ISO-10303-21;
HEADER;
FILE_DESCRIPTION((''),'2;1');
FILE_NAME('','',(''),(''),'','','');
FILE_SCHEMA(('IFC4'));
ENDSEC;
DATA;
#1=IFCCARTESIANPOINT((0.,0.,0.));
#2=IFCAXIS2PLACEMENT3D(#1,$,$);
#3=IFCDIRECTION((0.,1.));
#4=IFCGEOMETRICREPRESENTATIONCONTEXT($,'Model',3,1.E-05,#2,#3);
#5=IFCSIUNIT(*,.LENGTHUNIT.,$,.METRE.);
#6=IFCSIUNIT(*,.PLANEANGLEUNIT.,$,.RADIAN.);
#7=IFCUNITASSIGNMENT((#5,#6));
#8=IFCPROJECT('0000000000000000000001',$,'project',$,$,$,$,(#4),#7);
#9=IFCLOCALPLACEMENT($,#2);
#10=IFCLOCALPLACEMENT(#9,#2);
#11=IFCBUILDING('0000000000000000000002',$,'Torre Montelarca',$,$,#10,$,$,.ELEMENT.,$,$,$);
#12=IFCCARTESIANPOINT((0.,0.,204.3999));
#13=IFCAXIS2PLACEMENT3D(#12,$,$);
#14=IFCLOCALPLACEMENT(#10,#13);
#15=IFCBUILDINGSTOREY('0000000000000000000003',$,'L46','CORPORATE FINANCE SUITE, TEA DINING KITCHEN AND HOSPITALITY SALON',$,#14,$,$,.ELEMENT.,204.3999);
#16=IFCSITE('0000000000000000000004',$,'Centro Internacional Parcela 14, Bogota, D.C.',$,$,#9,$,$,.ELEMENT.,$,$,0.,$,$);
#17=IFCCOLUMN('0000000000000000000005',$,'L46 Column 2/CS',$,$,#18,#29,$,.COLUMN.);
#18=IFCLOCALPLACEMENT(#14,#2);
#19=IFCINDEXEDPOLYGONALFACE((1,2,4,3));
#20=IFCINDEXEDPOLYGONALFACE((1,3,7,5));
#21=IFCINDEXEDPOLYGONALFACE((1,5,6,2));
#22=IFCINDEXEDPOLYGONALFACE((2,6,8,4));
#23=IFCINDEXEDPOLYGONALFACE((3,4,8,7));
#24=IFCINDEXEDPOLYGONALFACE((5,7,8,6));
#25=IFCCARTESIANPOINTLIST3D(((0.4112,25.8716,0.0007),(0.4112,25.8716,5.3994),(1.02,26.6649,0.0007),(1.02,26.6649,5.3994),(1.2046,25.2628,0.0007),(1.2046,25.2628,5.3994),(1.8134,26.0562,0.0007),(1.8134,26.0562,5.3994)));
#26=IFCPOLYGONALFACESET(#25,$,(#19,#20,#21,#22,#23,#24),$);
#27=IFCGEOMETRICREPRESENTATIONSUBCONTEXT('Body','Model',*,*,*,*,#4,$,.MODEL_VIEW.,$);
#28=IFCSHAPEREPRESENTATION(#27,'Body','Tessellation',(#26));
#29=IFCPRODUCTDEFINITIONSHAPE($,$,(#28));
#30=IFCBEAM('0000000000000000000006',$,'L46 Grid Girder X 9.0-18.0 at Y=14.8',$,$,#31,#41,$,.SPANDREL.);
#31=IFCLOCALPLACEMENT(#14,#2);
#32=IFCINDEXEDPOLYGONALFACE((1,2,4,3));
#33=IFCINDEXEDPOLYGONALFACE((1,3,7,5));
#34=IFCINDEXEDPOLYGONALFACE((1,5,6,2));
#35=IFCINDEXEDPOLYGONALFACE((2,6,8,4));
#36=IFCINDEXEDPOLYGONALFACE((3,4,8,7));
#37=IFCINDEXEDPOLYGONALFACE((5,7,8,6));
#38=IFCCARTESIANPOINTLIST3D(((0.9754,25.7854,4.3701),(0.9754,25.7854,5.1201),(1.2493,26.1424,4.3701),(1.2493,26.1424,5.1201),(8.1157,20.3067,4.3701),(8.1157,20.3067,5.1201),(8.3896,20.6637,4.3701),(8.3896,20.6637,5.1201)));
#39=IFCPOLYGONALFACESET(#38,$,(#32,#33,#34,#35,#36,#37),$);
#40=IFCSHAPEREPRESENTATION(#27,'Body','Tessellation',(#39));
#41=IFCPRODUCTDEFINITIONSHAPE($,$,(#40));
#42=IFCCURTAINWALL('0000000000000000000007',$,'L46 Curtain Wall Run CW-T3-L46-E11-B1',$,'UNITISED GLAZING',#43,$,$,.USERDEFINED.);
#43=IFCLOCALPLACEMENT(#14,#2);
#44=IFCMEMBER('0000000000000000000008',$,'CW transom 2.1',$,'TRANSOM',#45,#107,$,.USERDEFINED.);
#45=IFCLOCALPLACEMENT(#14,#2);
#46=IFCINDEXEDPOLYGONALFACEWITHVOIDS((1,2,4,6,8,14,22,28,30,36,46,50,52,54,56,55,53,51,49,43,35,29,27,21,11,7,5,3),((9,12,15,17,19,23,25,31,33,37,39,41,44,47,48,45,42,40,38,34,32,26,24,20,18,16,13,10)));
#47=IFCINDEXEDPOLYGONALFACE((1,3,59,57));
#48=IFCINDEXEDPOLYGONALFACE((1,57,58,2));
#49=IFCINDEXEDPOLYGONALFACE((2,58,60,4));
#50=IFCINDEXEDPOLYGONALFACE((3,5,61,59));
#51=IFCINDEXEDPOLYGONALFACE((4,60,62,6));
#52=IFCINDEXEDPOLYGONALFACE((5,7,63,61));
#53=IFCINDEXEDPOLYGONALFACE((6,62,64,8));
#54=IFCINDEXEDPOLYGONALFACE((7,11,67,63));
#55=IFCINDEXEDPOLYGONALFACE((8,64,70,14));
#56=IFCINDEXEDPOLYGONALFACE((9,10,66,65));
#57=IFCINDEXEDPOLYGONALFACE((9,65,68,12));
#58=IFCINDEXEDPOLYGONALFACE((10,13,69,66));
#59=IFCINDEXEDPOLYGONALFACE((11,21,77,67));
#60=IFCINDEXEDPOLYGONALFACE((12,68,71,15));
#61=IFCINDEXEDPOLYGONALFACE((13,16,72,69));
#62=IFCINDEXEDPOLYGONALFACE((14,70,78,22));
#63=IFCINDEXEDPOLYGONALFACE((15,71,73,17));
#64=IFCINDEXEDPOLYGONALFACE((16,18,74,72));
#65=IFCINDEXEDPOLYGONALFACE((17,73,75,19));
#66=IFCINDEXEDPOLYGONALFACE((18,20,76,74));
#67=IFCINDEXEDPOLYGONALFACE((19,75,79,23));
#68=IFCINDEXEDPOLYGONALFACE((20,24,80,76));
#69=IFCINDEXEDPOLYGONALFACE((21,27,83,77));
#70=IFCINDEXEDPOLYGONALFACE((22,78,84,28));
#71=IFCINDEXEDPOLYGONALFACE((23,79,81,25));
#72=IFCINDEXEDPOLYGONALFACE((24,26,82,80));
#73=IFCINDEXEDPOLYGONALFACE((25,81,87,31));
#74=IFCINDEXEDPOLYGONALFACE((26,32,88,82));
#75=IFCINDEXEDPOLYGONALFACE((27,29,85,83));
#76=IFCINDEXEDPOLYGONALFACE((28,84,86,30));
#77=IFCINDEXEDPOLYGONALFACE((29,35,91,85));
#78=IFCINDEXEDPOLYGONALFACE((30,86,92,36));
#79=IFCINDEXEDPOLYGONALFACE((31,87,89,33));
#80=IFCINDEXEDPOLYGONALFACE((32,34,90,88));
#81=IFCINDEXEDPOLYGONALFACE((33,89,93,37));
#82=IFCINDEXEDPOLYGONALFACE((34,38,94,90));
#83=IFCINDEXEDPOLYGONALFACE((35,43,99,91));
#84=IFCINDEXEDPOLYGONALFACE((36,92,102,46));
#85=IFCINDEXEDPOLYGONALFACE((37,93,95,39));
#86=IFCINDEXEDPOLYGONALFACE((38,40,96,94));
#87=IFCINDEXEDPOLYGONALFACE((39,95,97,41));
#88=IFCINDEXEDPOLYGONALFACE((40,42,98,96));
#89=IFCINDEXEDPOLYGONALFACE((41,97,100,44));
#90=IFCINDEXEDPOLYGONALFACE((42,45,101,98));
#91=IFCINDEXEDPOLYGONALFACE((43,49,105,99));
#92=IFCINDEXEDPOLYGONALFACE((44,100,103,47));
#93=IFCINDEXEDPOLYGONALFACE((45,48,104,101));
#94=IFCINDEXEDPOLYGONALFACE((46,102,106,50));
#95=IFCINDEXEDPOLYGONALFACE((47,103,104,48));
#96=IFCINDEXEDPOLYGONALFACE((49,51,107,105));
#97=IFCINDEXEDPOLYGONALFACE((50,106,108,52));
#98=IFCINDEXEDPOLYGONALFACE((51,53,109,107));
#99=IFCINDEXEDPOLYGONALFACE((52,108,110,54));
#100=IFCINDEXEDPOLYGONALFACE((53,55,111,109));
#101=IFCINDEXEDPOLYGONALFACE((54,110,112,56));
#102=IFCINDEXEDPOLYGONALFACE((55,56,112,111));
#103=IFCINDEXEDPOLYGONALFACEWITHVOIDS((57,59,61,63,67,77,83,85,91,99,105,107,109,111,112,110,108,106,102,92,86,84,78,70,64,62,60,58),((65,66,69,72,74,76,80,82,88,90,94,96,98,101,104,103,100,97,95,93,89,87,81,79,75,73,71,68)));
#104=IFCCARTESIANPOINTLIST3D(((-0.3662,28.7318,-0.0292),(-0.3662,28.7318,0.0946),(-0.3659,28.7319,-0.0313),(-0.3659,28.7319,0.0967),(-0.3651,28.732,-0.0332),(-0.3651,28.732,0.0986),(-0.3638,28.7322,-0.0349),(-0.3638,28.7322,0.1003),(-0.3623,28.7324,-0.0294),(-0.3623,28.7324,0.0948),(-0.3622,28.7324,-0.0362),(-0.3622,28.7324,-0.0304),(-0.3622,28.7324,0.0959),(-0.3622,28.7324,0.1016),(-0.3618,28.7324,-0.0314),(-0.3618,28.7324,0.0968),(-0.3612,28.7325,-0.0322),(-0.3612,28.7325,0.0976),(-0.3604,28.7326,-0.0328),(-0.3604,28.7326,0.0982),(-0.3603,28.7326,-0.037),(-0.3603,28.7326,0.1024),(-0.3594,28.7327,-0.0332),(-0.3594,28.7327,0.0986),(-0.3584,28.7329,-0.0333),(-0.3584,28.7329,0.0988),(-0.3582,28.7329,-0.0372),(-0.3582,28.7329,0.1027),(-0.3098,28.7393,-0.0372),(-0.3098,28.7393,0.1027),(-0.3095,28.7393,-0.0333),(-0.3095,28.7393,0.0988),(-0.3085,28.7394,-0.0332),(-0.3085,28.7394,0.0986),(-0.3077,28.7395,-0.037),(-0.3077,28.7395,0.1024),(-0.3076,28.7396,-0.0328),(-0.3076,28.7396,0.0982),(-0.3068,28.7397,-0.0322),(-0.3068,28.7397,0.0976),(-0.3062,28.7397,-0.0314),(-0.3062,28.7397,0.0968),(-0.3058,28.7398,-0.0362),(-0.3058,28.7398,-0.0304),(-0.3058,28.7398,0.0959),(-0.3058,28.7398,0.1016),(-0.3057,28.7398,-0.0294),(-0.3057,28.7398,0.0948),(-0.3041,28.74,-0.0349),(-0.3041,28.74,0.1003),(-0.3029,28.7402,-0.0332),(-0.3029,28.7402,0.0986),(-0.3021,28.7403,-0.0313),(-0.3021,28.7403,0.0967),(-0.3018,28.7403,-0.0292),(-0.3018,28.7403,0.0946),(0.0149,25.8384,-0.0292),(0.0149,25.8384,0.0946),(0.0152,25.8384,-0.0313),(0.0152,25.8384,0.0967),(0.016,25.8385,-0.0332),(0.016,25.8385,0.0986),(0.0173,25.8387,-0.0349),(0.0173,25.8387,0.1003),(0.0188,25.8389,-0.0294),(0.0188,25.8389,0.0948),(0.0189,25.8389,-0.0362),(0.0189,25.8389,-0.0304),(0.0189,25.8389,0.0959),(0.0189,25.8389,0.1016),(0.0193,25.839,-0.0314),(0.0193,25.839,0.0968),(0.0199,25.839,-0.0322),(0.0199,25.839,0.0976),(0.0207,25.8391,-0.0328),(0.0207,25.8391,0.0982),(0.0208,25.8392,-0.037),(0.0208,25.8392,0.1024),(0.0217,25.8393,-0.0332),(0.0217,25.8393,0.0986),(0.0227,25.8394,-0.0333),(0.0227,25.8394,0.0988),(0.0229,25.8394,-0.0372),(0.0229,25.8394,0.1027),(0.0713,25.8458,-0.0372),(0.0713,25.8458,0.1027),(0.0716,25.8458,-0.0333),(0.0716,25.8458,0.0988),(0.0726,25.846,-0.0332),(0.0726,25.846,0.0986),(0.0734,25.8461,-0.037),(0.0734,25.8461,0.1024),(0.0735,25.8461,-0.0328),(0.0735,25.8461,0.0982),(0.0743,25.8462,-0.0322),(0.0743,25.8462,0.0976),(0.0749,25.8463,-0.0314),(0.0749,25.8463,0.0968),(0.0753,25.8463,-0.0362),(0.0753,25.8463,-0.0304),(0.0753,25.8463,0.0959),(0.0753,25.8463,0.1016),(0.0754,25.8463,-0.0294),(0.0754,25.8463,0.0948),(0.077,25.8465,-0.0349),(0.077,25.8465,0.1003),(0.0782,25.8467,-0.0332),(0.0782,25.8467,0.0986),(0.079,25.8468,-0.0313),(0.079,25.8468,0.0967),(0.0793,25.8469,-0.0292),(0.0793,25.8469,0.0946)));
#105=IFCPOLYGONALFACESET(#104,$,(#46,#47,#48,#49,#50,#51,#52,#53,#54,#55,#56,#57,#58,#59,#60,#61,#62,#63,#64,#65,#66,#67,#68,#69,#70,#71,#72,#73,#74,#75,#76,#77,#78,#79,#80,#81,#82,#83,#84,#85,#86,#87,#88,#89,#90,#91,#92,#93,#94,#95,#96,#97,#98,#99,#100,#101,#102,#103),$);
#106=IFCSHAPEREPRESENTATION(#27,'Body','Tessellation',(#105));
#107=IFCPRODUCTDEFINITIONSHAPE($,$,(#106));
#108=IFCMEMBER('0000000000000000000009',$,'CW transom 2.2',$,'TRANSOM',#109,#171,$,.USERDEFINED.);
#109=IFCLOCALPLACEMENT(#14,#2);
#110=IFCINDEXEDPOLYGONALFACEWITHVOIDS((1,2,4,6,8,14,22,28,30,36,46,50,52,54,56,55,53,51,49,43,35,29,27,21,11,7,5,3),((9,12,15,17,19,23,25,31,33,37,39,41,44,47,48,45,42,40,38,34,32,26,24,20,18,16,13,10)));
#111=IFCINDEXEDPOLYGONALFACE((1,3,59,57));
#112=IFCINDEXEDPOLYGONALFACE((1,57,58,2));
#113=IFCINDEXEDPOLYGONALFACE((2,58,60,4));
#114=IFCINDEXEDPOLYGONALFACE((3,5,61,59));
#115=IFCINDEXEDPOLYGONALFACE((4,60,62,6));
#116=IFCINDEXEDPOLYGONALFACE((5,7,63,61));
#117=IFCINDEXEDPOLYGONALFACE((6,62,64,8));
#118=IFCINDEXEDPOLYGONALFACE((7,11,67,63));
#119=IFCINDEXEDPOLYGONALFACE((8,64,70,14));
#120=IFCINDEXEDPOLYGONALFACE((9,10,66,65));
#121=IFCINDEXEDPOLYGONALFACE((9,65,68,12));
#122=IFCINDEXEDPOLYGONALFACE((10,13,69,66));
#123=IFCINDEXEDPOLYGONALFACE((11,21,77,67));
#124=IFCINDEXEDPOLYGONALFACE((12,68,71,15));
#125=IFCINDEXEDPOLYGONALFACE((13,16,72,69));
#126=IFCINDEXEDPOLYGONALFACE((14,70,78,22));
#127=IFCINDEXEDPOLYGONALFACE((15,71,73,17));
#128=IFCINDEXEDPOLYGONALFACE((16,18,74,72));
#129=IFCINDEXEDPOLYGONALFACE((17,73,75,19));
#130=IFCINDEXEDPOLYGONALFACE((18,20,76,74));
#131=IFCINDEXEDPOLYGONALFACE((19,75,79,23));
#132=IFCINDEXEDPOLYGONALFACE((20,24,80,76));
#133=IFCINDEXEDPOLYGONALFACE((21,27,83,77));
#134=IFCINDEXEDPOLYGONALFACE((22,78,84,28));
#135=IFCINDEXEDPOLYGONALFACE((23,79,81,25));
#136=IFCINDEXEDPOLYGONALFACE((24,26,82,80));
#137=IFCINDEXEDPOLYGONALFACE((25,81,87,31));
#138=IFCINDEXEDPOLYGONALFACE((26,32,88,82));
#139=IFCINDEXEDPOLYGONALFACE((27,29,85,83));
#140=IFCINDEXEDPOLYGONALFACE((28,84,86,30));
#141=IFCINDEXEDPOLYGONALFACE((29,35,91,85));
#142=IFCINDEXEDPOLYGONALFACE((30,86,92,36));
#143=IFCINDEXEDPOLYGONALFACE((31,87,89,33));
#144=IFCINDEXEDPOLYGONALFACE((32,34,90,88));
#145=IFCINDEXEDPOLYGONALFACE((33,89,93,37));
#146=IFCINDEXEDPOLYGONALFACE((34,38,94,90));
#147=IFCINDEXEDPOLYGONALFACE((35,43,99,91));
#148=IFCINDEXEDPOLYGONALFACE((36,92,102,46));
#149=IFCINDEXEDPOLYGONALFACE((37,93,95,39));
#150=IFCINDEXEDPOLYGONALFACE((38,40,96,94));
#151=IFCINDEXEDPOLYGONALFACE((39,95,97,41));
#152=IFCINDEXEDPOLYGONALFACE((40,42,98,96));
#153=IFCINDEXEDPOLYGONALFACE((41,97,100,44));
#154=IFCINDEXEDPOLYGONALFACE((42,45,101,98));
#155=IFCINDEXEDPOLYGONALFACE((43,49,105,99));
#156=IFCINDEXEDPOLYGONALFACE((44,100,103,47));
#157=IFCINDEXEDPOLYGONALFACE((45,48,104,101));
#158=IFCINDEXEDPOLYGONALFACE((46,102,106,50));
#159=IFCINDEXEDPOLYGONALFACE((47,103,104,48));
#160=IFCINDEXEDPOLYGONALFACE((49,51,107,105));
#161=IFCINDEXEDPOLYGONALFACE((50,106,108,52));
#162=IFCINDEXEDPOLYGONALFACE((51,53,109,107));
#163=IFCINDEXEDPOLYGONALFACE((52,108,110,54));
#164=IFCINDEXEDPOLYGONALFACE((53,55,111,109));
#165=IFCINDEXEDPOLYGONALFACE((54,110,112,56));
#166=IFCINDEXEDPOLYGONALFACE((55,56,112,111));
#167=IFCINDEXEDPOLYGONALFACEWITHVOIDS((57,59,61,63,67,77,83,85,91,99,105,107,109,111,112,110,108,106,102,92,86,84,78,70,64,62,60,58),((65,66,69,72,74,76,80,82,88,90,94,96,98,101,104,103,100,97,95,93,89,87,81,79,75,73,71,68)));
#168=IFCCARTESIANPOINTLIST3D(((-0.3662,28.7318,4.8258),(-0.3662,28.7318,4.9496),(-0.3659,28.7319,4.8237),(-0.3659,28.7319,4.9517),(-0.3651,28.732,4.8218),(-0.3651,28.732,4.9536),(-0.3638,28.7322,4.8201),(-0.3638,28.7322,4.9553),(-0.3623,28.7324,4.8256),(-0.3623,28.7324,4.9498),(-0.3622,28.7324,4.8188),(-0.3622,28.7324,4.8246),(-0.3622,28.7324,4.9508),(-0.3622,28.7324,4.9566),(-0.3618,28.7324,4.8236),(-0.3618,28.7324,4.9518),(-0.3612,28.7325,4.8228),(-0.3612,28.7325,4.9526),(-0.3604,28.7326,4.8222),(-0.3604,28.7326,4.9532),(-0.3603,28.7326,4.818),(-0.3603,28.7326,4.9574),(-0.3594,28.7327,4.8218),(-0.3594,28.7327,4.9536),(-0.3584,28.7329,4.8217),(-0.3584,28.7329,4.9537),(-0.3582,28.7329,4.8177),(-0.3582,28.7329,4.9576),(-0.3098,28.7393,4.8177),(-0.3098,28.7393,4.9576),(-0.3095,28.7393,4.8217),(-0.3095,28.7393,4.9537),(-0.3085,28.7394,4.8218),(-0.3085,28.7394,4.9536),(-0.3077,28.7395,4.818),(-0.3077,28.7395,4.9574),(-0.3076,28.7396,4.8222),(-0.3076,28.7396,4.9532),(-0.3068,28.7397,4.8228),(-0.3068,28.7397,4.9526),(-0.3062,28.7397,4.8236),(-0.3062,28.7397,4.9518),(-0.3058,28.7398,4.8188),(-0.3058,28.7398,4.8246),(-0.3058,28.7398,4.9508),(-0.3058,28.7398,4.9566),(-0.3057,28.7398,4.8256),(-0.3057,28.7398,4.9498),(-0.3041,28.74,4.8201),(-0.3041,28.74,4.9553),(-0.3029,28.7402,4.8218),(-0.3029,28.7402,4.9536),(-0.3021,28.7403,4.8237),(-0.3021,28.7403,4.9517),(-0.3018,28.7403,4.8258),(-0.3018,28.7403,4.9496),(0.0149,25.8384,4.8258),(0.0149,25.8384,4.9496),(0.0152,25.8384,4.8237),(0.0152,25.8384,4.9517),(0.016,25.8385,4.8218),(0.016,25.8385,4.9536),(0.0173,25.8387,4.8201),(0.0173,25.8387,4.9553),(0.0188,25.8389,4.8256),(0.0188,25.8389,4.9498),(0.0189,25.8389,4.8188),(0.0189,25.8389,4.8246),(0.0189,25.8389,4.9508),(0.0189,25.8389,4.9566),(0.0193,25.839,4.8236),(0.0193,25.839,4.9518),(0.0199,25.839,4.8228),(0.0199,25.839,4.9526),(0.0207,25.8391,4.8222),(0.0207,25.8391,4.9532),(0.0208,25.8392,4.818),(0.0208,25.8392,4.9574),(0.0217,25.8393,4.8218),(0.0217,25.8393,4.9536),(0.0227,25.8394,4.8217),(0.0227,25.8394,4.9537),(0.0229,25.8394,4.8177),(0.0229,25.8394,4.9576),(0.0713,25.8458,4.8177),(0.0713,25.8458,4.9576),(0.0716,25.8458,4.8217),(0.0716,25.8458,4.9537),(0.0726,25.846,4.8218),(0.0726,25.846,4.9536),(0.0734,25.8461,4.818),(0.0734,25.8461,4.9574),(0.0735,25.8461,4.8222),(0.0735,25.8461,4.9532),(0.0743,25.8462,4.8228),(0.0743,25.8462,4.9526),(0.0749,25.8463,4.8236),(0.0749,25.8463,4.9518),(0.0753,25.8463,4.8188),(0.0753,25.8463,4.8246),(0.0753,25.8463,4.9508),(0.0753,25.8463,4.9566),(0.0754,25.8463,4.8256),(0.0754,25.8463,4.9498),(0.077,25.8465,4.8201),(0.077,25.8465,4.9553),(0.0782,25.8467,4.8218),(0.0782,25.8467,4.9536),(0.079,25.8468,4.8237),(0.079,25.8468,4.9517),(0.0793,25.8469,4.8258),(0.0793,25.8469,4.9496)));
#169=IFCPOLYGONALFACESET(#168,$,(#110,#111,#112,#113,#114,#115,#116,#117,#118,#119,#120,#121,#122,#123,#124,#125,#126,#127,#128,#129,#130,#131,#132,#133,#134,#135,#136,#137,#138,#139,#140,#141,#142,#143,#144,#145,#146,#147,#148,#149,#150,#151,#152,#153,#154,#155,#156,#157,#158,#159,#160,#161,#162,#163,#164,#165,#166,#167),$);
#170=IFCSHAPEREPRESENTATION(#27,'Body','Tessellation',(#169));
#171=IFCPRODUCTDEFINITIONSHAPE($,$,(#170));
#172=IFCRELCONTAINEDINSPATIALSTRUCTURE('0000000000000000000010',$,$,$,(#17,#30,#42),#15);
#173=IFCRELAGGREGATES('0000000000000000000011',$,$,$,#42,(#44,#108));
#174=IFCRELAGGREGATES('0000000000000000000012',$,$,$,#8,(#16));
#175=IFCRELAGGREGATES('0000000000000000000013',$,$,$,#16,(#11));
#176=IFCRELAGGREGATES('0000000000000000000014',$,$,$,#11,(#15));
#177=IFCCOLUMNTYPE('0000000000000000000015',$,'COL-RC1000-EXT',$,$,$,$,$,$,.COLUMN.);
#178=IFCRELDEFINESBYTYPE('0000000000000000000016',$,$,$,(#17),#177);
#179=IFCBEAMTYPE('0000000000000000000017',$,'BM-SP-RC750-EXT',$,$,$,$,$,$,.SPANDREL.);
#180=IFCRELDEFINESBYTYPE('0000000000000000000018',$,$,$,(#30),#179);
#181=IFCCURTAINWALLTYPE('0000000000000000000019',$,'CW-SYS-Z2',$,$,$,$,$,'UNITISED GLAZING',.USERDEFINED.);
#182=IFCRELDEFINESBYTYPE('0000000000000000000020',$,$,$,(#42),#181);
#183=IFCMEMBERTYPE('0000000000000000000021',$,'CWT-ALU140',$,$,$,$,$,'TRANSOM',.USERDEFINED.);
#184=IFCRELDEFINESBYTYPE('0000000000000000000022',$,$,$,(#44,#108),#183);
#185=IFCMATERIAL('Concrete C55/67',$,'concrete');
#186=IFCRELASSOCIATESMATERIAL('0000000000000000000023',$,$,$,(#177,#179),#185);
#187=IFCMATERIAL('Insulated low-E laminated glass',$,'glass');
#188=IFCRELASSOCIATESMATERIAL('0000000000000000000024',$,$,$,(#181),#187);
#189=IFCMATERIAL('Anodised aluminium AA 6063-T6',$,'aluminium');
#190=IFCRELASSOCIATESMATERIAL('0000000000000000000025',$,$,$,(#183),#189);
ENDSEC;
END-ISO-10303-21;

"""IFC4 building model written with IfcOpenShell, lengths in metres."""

from ifc_helpers import new_model, si_unit, direction, frame, origin, origin_2d, place, context, subcontext, project, spatial, rectangle, hollow_rectangle, extrude, source, transform, mapped, material, material_profile, profile_set, type_object, element, aggregate, save


model = new_model("IFC4")

# Units and contexts
model_context = context("Model", 3, precision=1e-05, world=origin(), true_north=direction((0.0, 1.0)))
body_context = subcontext(model_context, "Body", "Model", "MODEL_VIEW")
ifc_project = project(units=[si_unit("LENGTHUNIT", "METRE"), si_unit("PLANEANGLEUNIT", "RADIAN")], contexts=[model_context])

# Site, building, storey
site_placement = place(None, origin())
site = spatial("IfcSite", under=ifc_project, at=site_placement, Name="Centro Internacional Parcela 14, Bogota, D.C.", CompositionType="ELEMENT", RefElevation=0.0)
building_placement = place(site_placement, origin())
building = spatial("IfcBuilding", under=site, at=building_placement, Name="Torre Montelarca", CompositionType="ELEMENT")
storey_placement = place(building_placement, frame((0.0, 0.0, 204.3999)))
storey = spatial("IfcBuildingStorey", under=building, at=storey_placement, Name="L46", Description="CORPORATE FINANCE SUITE, TEA DINING KITCHEN AND HOSPITALITY SALON", CompositionType="ELEMENT", Elevation=204.3999)

# Column
ifc_material_1 = material(Name="Concrete C55/67", Category="concrete")
ifc_material_profile_1 = material_profile(ifc_material_1, rectangle(XDim=1.0, YDim=1.0, at=origin_2d()), Name="RC1000X1000", Category="concrete")
ifc_profile_set_1 = profile_set([ifc_material_profile_1], Name="Concrete C55/67")
column_type = type_object("IfcColumnType", Name="COL-RC1000-EXT", PredefinedType="COLUMN", material=ifc_profile_set_1)
shared_shape_1 = source(origin(), body_context, "Body", "SweptSolid", [
    extrude(rectangle(XDim=1.0, YDim=1.0, at=origin_2d()), origin(), (0.0, 0.0, 1.0), 5.3987),
])
column_placement = place(storey_placement, frame((1.1123, 25.9639, 0.0007), z_axis=(0.0, 0.0, 1.0), x_axis=(-0.793353, 0.608761, 0.0)))
element("IfcColumn", 1, at=column_placement, inside=storey, type_object=column_type, Name="L46 Column 2/CS", PredefinedType="COLUMN", context=body_context, shape_type="MappedRepresentation", body=[
    mapped(shared_shape_1, transform((0.0, 0.0, 0.0), scale=1.0)),
])

# Beam
ifc_material_profile_2 = material_profile(ifc_material_1, rectangle(XDim=0.45, YDim=0.75, at=origin_2d()), Name="RCB450X750", Category="concrete")
ifc_profile_set_2 = profile_set([ifc_material_profile_2], Name="Concrete C55/67")
beam_type = type_object("IfcBeamType", Name="BM-SP-RC750-EXT", PredefinedType="SPANDREL", material=ifc_profile_set_2)
shared_shape_2 = source(origin(), body_context, "Body", "SweptSolid", [
    extrude(rectangle(XDim=0.45, YDim=0.75, at=origin_2d()), origin(), (0.0, 0.0, 1.0), 9.0),
])
beam_placement = place(storey_placement, frame((1.1123, 25.9639, 4.7451), z_axis=(0.793367, -0.608744, 0.0), x_axis=(0.608744, 0.793367, 0.0)))
element("IfcBeam", 2, at=beam_placement, inside=storey, type_object=beam_type, Name="L46 Grid Girder X 9.0-18.0 at Y=14.8", PredefinedType="SPANDREL", context=body_context, shape_type="MappedRepresentation", body=[
    mapped(shared_shape_2, transform((0.0, 0.0, 0.0), scale=1.0)),
])

# Curtain wall, members
ifc_material_2 = material(Name="Insulated low-E laminated glass", Category="glass")
curtain_wall_type = type_object("IfcCurtainWallType", Name="CW-SYS-Z2", ElementType="UNITISED GLAZING", PredefinedType="USERDEFINED", material=ifc_material_2)
curtain_wall_1_placement = place(storey_placement, origin())
curtain_wall_1 = element("IfcCurtainWall", 3, at=curtain_wall_1_placement, inside=storey, type_object=curtain_wall_type, Name="L46 Curtain Wall Run CW-T3-L46-E11-B1", ObjectType="UNITISED GLAZING", PredefinedType="USERDEFINED")
ifc_material_3 = material(Name="Anodised aluminium AA 6063-T6", Category="aluminium")
ifc_material_profile_3 = material_profile(ifc_material_3, hollow_rectangle(XDim=0.0649, YDim=0.1399, WallThickness=0.0039, InnerFilletRadius=0.0039, OuterFilletRadius=0.0081, at=origin_2d()), Name="ALU65X140X4", Category="aluminium")
ifc_profile_set_3 = profile_set([ifc_material_profile_3], Name="Anodised aluminium AA 6063-T6")
member_type_1 = type_object("IfcMemberType", Name="CWT-ALU140", ElementType="TRANSOM", PredefinedType="USERDEFINED", material=ifc_profile_set_3)
shared_shape_3 = source(origin(), body_context, "Body", "SweptSolid", [
    extrude(hollow_rectangle(XDim=0.0649, YDim=0.1399, WallThickness=0.0039, InnerFilletRadius=0.0039, OuterFilletRadius=0.0081, at=origin_2d()), origin(), (0.0, 0.0, 1.0), 2.9185),
])
member_1_placement = place(storey_placement, frame((-0.334, 28.7361, 0.0327), z_axis=(0.13058, -0.991438, 0.0), x_axis=(0.991438, 0.13058, 0.0)))
member_1 = element("IfcMember", 4, at=member_1_placement, type_object=member_type_1, Name="CW transom 2.1", ObjectType="TRANSOM", PredefinedType="USERDEFINED", context=body_context, shape_type="MappedRepresentation", body=[
    mapped(shared_shape_3, transform((0.0, 0.0, 0.0), scale=1.0)),
])
member_2_placement = place(storey_placement, frame((-0.334, 28.7361, 4.8877), z_axis=(0.13058, -0.991438, 0.0), x_axis=(0.991438, 0.13058, 0.0)))
member_2 = element("IfcMember", 5, at=member_2_placement, type_object=member_type_1, Name="CW transom 2.2", ObjectType="TRANSOM", PredefinedType="USERDEFINED", context=body_context, shape_type="MappedRepresentation", body=[
    mapped(shared_shape_3, transform((0.0, 0.0, 0.0), scale=1.0)),
])

aggregate(curtain_wall_1, [member_1, member_2])

save(model, "model.ifc")
